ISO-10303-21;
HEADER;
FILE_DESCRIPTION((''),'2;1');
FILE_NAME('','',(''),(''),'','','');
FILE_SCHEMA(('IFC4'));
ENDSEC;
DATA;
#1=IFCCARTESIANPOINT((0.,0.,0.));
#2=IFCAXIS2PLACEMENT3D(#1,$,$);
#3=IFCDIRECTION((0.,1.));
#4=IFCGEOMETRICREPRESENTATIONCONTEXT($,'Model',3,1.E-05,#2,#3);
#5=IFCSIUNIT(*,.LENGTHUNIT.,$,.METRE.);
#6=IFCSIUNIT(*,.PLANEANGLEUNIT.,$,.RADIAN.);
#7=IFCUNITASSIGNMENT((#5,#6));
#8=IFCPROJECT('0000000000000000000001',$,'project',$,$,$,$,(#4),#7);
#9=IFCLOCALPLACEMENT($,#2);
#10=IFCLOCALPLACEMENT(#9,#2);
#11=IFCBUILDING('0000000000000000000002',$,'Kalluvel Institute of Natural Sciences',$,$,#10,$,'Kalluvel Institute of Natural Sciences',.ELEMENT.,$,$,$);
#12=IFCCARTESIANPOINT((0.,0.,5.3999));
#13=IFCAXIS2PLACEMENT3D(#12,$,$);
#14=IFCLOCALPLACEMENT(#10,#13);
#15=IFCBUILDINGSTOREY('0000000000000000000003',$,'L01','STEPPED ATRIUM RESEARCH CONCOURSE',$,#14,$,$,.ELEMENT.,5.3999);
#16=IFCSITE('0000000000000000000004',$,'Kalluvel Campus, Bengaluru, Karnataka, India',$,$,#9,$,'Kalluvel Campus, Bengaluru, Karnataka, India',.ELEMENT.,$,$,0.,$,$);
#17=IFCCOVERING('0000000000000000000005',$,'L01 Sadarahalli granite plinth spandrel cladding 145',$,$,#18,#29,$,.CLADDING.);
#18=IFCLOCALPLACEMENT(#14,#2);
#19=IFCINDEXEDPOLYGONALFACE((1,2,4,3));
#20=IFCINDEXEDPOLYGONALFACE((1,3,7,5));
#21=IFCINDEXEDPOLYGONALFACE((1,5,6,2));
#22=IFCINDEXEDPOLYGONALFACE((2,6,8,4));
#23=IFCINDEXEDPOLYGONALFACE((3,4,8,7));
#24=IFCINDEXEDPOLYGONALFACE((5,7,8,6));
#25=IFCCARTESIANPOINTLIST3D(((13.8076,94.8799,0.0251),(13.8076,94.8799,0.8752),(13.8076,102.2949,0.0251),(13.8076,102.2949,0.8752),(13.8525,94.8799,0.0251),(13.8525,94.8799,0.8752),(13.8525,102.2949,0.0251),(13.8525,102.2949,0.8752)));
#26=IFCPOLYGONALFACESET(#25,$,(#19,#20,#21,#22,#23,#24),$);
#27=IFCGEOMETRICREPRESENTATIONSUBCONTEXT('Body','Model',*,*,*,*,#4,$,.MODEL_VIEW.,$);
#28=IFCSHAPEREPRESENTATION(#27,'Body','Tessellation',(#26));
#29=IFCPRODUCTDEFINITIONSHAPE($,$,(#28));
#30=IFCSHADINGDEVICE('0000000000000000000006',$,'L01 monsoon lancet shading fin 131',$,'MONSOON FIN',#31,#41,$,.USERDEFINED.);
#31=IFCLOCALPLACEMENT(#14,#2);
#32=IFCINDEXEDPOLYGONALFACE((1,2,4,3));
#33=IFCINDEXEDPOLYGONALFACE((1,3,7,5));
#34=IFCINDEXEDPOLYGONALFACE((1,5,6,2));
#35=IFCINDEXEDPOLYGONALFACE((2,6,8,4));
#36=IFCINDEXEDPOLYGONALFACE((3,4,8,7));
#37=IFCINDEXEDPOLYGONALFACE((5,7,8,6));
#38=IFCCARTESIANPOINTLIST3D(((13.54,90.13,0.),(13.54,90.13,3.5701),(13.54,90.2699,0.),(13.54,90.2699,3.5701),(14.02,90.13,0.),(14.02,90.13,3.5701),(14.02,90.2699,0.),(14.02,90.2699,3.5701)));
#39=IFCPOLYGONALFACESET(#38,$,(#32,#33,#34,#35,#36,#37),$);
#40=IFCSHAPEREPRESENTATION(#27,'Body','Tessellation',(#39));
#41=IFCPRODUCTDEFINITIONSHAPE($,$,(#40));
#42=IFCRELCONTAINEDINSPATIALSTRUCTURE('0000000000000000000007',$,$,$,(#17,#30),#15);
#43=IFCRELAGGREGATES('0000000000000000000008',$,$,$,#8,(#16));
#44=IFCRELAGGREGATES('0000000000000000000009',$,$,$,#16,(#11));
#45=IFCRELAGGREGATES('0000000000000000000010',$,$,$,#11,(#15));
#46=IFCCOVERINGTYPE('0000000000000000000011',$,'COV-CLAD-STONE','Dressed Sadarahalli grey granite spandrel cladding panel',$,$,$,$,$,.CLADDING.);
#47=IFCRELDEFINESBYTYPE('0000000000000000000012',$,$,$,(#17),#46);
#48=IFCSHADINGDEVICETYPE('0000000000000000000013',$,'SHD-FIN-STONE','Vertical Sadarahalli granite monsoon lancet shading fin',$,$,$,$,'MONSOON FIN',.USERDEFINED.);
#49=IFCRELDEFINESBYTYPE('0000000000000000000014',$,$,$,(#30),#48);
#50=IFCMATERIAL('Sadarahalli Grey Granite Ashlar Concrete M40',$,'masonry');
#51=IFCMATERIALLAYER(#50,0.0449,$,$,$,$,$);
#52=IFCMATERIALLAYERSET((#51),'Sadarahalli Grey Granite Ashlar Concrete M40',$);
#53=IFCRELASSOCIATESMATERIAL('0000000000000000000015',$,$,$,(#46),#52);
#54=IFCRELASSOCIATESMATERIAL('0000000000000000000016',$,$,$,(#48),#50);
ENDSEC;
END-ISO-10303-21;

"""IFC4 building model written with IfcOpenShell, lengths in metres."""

from ifc_helpers import new_model, si_unit, direction, frame, origin, origin_2d, place, context, subcontext, project, spatial, rectangle, extrude, material, layer, layer_set, type_object, element, save


model = new_model("IFC4")

# Units and contexts
model_context = context("Model", 3, precision=1e-05, world=origin(), true_north=direction((0.0, 1.0)))
body_context = subcontext(model_context, "Body", "Model", "MODEL_VIEW")
ifc_project = project(units=[si_unit("LENGTHUNIT", "METRE"), si_unit("PLANEANGLEUNIT", "RADIAN")], contexts=[model_context])

# Site, building, storey
site_placement = place(None, origin())
site = spatial("IfcSite", under=ifc_project, at=site_placement, Name="Kalluvel Campus, Bengaluru, Karnataka, India", LongName="Kalluvel Campus, Bengaluru, Karnataka, India", CompositionType="ELEMENT", RefElevation=0.0)
building_placement = place(site_placement, origin())
building = spatial("IfcBuilding", under=site, at=building_placement, Name="Kalluvel Institute of Natural Sciences", LongName="Kalluvel Institute of Natural Sciences", CompositionType="ELEMENT")
storey_placement = place(building_placement, frame((0.0, 0.0, 5.3999)))
storey = spatial("IfcBuildingStorey", under=building, at=storey_placement, Name="L01", Description="STEPPED ATRIUM RESEARCH CONCOURSE", CompositionType="ELEMENT", Elevation=5.3999)

# Covering
ifc_material_1 = material(Name="Sadarahalli Grey Granite Ashlar Concrete M40", Category="masonry")
ifc_layer_1 = layer(ifc_material_1, 0.0449)
ifc_layer_set_1 = layer_set([ifc_layer_1], Name="Sadarahalli Grey Granite Ashlar Concrete M40")
covering_type = type_object("IfcCoveringType", Name="COV-CLAD-STONE", Description="Dressed Sadarahalli grey granite spandrel cladding panel", PredefinedType="CLADDING", material=ifc_layer_set_1)
covering_placement = place(storey_placement, frame((13.8301, 98.5874, 0.0251), z_axis=(0.0, 0.0, 1.0), x_axis=(0.0, 1.0, 0.0)))
element("IfcCovering", 1, at=covering_placement, inside=storey, type_object=covering_type, Name="L01 Sadarahalli granite plinth spandrel cladding 145", PredefinedType="CLADDING", context=body_context, shape_type="SweptSolid", body=[
    extrude(rectangle(XDim=7.415, YDim=0.0449, at=origin_2d()), origin(), (0.0, 0.0, 1.0), 0.8501),
])

# Shading device
shading_device_type = type_object("IfcShadingDeviceType", Name="SHD-FIN-STONE", Description="Vertical Sadarahalli granite monsoon lancet shading fin", ElementType="MONSOON FIN", PredefinedType="USERDEFINED", material=ifc_material_1)
shading_device_placement = place(storey_placement, frame((13.78, 90.2, 0.0), z_axis=(0.0, 0.0, 1.0), x_axis=(0.0, 1.0, 0.0)))
element("IfcShadingDevice", 2, at=shading_device_placement, inside=storey, type_object=shading_device_type, Name="L01 monsoon lancet shading fin 131", ObjectType="MONSOON FIN", PredefinedType="USERDEFINED", context=body_context, shape_type="SweptSolid", body=[
    extrude(rectangle(XDim=0.1399, YDim=0.48, at=origin_2d()), origin(), (0.0, 0.0, 1.0), 3.5701),
])

save(model, "model.ifc")
